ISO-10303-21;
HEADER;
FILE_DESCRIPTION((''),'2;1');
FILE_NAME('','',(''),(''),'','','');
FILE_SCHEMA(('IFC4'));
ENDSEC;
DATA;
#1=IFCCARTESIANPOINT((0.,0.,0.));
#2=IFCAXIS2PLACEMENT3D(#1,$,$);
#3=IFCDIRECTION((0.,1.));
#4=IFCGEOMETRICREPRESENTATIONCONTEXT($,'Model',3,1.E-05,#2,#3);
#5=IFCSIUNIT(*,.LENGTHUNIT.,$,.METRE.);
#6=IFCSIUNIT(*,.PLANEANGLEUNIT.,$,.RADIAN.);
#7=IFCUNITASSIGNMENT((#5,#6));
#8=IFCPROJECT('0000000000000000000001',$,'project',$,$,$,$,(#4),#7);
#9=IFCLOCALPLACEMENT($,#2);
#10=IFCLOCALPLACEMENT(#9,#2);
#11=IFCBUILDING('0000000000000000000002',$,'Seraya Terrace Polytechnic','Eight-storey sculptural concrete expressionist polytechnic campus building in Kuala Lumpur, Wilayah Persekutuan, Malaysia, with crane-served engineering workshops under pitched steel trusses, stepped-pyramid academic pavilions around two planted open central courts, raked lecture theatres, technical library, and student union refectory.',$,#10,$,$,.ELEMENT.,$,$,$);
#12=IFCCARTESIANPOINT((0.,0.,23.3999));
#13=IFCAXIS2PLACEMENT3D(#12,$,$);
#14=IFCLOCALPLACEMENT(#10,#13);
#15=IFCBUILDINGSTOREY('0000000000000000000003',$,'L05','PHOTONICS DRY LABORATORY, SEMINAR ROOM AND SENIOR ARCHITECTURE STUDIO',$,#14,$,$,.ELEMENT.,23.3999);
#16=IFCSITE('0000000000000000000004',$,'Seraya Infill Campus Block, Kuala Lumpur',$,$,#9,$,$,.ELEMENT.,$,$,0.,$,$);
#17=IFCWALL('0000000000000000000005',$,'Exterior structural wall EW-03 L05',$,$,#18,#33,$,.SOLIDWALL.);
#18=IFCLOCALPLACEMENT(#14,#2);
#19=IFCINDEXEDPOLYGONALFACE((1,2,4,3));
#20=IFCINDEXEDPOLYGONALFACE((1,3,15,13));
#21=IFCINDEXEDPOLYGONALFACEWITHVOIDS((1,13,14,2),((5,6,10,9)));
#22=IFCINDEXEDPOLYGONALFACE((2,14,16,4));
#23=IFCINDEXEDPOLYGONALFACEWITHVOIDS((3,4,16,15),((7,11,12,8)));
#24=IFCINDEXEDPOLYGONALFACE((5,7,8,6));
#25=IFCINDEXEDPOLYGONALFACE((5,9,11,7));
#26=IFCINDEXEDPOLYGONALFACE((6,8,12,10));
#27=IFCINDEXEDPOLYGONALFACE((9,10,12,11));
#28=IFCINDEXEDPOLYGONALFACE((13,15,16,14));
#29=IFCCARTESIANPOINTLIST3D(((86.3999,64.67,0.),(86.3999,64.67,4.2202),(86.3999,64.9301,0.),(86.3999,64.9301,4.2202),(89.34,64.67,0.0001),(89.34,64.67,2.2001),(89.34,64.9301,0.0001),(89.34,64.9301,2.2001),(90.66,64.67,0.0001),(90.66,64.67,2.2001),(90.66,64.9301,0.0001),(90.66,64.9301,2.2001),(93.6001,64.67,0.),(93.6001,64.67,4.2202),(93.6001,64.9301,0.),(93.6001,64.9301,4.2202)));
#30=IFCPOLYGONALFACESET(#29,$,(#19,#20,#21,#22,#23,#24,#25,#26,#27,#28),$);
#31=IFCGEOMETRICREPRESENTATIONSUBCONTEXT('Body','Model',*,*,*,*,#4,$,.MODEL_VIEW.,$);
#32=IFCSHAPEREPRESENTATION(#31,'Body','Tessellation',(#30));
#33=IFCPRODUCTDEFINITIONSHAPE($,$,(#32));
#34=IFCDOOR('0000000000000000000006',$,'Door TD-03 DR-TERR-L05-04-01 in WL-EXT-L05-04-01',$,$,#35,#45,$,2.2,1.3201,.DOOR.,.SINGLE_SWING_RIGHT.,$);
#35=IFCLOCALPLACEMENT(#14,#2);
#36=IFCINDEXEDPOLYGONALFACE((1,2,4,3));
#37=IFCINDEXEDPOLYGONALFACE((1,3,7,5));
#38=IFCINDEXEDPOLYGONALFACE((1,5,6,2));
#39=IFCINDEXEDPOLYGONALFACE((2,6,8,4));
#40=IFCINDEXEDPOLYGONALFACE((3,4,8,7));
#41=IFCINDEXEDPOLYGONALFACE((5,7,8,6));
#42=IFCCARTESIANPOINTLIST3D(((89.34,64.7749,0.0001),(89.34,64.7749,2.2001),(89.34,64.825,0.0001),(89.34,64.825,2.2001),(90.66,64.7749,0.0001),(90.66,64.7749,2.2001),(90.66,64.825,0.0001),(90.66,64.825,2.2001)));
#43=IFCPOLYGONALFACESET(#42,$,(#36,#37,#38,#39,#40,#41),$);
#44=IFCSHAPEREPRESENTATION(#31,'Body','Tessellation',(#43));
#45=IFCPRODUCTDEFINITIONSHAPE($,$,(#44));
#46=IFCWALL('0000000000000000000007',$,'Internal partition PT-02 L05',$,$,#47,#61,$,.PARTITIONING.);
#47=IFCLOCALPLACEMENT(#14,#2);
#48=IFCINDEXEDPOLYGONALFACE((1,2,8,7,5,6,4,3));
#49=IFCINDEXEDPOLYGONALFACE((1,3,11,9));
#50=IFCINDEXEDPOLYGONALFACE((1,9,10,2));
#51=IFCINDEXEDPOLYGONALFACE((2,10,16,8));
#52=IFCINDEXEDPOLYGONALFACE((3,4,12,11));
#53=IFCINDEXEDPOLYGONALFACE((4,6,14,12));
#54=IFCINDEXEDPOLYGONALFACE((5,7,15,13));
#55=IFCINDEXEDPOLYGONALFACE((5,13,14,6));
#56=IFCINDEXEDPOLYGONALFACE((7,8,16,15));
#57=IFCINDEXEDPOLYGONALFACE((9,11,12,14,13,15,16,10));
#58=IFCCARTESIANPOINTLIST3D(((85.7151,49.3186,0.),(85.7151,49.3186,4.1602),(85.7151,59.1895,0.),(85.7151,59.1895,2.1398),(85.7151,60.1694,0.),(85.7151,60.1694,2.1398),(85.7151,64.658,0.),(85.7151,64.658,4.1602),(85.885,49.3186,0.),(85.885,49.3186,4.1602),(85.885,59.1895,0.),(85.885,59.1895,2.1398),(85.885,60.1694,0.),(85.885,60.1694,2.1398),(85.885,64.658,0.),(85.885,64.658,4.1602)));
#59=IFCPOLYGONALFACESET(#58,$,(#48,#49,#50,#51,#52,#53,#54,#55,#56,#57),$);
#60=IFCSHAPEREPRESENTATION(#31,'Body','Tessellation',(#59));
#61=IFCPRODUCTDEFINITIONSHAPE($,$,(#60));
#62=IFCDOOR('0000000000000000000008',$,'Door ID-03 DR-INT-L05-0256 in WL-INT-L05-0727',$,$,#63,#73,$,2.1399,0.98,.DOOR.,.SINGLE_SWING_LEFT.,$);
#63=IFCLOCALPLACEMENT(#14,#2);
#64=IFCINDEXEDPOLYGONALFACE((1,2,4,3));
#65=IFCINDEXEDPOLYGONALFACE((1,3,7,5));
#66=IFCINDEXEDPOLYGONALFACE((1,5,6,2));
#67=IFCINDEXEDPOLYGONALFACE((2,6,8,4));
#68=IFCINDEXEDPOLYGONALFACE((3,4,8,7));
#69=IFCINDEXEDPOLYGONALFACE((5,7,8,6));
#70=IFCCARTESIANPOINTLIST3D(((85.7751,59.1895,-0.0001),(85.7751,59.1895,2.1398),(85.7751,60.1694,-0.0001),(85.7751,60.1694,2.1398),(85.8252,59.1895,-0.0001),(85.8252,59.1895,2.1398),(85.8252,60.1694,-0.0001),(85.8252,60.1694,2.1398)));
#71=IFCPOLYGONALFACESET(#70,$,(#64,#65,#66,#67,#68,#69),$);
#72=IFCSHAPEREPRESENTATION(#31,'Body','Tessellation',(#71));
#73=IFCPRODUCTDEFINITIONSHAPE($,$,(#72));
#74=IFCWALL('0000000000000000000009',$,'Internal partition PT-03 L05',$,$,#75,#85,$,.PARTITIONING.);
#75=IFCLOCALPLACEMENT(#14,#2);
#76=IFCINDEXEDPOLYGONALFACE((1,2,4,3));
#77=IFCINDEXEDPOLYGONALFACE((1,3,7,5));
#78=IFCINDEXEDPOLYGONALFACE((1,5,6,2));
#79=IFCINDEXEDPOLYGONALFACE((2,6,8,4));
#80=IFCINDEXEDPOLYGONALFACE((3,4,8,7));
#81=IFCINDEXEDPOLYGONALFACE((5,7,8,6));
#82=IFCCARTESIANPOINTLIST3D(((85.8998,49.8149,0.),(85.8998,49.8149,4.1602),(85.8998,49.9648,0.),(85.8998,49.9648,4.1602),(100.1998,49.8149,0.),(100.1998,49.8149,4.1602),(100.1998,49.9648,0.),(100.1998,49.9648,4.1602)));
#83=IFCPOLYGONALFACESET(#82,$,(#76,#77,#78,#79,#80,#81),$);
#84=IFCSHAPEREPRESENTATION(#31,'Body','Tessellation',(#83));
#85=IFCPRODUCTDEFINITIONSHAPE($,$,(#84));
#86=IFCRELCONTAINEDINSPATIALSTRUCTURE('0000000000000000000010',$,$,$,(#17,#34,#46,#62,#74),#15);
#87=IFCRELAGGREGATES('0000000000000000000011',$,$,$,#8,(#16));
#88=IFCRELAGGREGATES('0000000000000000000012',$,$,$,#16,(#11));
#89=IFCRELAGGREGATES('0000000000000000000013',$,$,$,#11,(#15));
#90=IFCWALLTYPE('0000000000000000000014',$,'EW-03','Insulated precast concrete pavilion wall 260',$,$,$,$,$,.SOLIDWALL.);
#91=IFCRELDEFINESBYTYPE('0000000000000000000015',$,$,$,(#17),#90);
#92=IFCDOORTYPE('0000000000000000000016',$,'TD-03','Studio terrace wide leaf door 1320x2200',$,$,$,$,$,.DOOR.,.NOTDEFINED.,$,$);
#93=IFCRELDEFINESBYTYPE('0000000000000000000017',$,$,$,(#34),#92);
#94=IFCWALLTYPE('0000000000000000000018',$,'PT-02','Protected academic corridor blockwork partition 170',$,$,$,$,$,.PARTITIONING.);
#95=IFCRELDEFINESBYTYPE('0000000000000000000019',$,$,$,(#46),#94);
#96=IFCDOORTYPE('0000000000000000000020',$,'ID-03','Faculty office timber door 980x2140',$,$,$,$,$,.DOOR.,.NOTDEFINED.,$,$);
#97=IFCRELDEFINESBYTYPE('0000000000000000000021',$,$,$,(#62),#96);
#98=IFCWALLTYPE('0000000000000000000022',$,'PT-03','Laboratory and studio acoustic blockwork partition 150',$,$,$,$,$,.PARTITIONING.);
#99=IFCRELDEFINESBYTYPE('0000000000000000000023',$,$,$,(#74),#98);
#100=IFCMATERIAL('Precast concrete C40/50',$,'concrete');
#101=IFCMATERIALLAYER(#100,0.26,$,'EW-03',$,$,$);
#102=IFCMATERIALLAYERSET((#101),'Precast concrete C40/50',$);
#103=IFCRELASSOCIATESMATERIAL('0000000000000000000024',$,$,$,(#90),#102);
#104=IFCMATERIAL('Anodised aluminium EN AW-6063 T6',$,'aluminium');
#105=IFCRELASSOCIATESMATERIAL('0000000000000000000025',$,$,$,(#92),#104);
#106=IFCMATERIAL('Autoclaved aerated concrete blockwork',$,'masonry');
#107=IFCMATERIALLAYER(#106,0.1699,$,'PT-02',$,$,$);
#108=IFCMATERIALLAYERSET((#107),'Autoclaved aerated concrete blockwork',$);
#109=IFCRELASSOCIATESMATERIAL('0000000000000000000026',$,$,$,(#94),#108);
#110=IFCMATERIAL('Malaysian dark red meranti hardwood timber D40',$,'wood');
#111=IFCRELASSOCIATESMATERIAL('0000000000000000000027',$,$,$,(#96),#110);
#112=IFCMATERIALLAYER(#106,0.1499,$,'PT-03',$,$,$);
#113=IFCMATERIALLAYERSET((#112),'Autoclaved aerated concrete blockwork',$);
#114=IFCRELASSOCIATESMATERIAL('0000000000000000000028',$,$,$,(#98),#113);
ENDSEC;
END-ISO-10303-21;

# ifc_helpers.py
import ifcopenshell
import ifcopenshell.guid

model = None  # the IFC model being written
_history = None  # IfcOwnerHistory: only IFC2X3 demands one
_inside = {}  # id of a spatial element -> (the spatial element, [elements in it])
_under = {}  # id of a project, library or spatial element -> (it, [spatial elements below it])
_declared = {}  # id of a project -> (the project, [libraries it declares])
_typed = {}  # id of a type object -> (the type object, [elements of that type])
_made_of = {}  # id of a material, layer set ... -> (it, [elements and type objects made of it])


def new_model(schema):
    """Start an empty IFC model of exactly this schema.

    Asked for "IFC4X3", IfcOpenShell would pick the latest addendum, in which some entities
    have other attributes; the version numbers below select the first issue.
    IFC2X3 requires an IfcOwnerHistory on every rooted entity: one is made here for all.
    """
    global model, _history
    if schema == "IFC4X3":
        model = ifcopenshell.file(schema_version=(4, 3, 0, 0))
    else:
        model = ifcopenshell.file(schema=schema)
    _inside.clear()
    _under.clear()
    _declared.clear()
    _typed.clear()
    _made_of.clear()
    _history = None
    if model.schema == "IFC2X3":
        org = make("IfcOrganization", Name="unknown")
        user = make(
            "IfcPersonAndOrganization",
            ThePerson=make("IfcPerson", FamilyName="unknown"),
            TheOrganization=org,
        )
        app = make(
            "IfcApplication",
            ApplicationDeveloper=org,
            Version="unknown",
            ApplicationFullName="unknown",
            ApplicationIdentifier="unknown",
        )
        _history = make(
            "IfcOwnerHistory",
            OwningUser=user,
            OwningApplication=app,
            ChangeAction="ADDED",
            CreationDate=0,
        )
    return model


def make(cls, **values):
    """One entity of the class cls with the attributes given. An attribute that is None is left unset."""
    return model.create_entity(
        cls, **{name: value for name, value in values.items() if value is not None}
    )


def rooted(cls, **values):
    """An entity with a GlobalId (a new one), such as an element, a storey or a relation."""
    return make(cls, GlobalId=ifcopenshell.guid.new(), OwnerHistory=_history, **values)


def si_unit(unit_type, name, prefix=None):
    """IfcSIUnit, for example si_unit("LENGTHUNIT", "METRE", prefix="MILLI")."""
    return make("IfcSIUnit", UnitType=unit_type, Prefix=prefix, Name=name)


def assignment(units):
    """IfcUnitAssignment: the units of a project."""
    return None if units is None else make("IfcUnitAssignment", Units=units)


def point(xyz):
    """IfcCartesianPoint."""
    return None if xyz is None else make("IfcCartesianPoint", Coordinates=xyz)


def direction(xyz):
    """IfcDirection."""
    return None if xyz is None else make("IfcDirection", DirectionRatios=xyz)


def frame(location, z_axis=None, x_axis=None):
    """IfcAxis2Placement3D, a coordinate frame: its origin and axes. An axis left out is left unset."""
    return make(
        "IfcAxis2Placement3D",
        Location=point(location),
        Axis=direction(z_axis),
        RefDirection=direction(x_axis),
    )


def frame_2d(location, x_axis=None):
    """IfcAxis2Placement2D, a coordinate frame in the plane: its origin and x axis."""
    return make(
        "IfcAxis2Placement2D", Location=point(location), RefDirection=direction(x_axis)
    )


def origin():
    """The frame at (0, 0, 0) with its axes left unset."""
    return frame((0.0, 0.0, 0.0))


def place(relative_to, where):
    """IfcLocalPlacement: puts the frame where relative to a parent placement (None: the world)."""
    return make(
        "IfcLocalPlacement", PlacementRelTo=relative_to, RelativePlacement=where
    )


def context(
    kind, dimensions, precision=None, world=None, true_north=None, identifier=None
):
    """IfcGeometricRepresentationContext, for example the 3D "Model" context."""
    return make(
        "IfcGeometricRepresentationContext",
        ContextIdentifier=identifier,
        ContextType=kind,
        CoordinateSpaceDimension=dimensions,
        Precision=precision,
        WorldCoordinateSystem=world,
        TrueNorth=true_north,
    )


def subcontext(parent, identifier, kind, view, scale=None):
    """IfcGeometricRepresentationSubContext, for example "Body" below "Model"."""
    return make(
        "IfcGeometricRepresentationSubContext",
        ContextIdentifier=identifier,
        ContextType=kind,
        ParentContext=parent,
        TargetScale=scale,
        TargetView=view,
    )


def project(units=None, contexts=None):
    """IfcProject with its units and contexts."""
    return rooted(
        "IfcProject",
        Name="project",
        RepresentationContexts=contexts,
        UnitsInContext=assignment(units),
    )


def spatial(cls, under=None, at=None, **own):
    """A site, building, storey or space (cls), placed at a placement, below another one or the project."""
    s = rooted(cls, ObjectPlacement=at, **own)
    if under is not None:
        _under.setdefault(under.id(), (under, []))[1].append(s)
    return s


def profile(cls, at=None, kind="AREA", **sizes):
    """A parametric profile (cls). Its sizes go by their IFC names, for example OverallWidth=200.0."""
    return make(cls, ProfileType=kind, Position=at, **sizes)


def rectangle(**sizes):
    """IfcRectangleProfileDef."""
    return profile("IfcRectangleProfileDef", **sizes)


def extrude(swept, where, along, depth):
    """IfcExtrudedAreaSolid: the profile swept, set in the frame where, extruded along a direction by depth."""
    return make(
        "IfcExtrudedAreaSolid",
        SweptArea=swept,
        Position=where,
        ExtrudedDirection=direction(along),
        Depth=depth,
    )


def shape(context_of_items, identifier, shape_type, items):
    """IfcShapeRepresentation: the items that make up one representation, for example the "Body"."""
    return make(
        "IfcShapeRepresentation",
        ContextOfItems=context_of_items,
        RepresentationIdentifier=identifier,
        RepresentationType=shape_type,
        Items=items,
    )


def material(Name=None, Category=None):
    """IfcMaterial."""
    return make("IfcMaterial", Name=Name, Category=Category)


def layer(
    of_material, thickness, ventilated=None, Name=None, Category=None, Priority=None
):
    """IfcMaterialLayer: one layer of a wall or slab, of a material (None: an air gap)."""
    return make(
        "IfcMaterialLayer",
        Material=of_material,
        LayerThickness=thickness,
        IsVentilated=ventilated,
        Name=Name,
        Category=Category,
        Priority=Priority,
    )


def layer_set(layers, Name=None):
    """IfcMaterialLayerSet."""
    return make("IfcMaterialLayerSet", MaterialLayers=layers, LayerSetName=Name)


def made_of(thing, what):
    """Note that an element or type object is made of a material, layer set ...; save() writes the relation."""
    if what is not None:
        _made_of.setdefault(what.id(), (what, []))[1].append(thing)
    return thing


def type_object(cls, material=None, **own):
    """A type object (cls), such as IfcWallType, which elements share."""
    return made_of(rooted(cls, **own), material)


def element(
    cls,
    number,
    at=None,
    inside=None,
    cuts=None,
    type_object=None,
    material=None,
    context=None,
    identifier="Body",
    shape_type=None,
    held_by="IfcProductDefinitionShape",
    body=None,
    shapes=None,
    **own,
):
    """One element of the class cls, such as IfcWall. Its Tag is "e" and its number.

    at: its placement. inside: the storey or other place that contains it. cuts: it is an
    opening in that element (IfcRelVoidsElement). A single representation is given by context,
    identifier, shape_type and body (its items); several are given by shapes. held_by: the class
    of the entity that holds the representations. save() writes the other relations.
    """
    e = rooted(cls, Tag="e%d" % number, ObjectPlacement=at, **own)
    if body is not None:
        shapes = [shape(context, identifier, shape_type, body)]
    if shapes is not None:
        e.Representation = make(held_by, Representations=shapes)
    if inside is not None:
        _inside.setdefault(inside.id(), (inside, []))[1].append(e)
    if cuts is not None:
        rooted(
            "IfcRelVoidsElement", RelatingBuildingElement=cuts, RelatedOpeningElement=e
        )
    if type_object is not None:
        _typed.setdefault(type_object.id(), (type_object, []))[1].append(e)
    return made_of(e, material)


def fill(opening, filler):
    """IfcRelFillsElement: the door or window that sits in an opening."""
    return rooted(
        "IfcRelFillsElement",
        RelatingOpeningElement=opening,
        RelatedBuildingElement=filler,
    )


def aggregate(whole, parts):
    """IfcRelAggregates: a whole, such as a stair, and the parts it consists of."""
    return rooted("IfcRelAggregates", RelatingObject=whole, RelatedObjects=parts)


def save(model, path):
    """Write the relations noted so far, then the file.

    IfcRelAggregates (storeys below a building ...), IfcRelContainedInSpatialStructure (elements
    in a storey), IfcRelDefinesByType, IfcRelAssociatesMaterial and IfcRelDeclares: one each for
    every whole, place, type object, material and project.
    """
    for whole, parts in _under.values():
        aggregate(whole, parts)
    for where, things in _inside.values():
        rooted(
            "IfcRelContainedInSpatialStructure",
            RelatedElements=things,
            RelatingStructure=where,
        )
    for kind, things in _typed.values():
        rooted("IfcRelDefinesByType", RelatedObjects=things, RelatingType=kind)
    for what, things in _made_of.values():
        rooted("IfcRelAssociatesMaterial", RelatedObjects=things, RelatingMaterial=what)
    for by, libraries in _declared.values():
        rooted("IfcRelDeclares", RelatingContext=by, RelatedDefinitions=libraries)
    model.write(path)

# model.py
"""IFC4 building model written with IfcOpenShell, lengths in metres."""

from ifc_helpers import new_model, si_unit, direction, frame, frame_2d, origin, place, context, subcontext, project, spatial, rectangle, extrude, material, layer, layer_set, type_object, element, fill, save


model = new_model("IFC4")

# Units and contexts
model_context = context("Model", 3, precision=1e-05, world=origin(), true_north=direction((0.0, 1.0)))
body_context = subcontext(model_context, "Body", "Model", "MODEL_VIEW")
ifc_project = project(units=[si_unit("LENGTHUNIT", "METRE"), si_unit("PLANEANGLEUNIT", "RADIAN")], contexts=[model_context])

# Site, building, storey
site_placement = place(None, origin())
site = spatial("IfcSite", under=ifc_project, at=site_placement, Name="Seraya Infill Campus Block, Kuala Lumpur", CompositionType="ELEMENT", RefElevation=0.0)
building_placement = place(site_placement, origin())
building = spatial("IfcBuilding", under=site, at=building_placement, Name="Seraya Terrace Polytechnic", Description="Eight-storey sculptural concrete expressionist polytechnic campus building in Kuala Lumpur, Wilayah Persekutuan, Malaysia, with crane-served engineering workshops under pitched steel trusses, stepped-pyramid academic pavilions around two planted open central courts, raked lecture theatres, technical library, and student union refectory.", CompositionType="ELEMENT")
storey_placement = place(building_placement, frame((0.0, 0.0, 23.3999)))
storey = spatial("IfcBuildingStorey", under=building, at=storey_placement, Name="L05", Description="PHOTONICS DRY LABORATORY, SEMINAR ROOM AND SENIOR ARCHITECTURE STUDIO", CompositionType="ELEMENT", Elevation=23.3999)

# Shared definitions
ifc_material_1 = material(Name="Precast concrete C40/50", Category="concrete")
ifc_layer_1 = layer(ifc_material_1, 0.26, Name="EW-03")
ifc_layer_set_1 = layer_set([ifc_layer_1], Name="Precast concrete C40/50")
wall_type_1 = type_object("IfcWallType", Name="EW-03", Description="Insulated precast concrete pavilion wall 260", PredefinedType="SOLIDWALL", material=ifc_layer_set_1)

# Walls, openings, doors
wall_1_placement = place(storey_placement, frame((86.3999, 64.8, 0.0), z_axis=(0.0, 0.0, 1.0), x_axis=(1.0, 0.0, 0.0)))
wall_1 = element("IfcWall", 1, at=wall_1_placement, inside=storey, type_object=wall_type_1, Name="Exterior structural wall EW-03 L05", PredefinedType="SOLIDWALL", context=body_context, shape_type="SweptSolid", body=[
    extrude(rectangle(XDim=7.2002, YDim=0.26, at=frame_2d((3.6001, 0.0))), origin(), (0.0, 0.0, 1.0), 4.2202),
])
opening_1_placement = place(wall_1_placement, frame((2.9399, 0.0, 0.0)))
opening_1 = element("IfcOpeningElement", 2, at=opening_1_placement, cuts=wall_1, PredefinedType="OPENING", context=body_context, shape_type="SweptSolid", body=[
    extrude(rectangle(XDim=1.3201, YDim=2.2, at=frame_2d((0.6602, 1.1001))), frame((0.0, 0.1421, 0.0), z_axis=(0.0, -1.0, 0.0), x_axis=(1.0, 0.0, 0.0)), (0.0, 0.0, 1.0), 0.2839),
])
ifc_material_2 = material(Name="Anodised aluminium EN AW-6063 T6", Category="aluminium")
door_type_1 = type_object("IfcDoorType", Name="TD-03", Description="Studio terrace wide leaf door 1320x2200", OperationType="NOTDEFINED", PredefinedType="DOOR", material=ifc_material_2)
door_1_placement = place(opening_1_placement, origin())
door_1 = element("IfcDoor", 3, at=door_1_placement, inside=storey, type_object=door_type_1, Name="Door TD-03 DR-TERR-L05-04-01 in WL-EXT-L05-04-01", OperationType="SINGLE_SWING_RIGHT", OverallHeight=2.2, OverallWidth=1.3201, PredefinedType="DOOR", context=body_context, shape_type="SweptSolid", body=[
    extrude(rectangle(XDim=1.3201, YDim=2.2, at=frame_2d((0.6602, 1.1001))), frame((0.0, 0.0249, 0.0), z_axis=(0.0, -1.0, 0.0), x_axis=(1.0, 0.0, 0.0)), (0.0, 0.0, 1.0), 0.05),
])
fill(opening_1, door_1)
ifc_material_3 = material(Name="Autoclaved aerated concrete blockwork", Category="masonry")
ifc_layer_2 = layer(ifc_material_3, 0.1699, Name="PT-02")
ifc_layer_set_2 = layer_set([ifc_layer_2], Name="Autoclaved aerated concrete blockwork")
wall_type_2 = type_object("IfcWallType", Name="PT-02", Description="Protected academic corridor blockwork partition 170", PredefinedType="PARTITIONING", material=ifc_layer_set_2)
wall_2_placement = place(storey_placement, frame((85.8, 49.3186, 0.0), z_axis=(0.0, 0.0, 1.0), x_axis=(0.0, 1.0, 0.0)))
wall_2 = element("IfcWall", 4, at=wall_2_placement, inside=storey, type_object=wall_type_2, Name="Internal partition PT-02 L05", PredefinedType="PARTITIONING", context=body_context, shape_type="SweptSolid", body=[
    extrude(rectangle(XDim=15.3394, YDim=0.1699, at=frame_2d((7.6697, 0.0))), origin(), (0.0, 0.0, 1.0), 4.1602),
])
opening_2_placement = place(wall_2_placement, frame((9.8708, 0.0, 0.0)))
opening_2 = element("IfcOpeningElement", 5, at=opening_2_placement, cuts=wall_2, PredefinedType="OPENING", context=body_context, shape_type="SweptSolid", body=[
    extrude(rectangle(XDim=0.98, YDim=2.1399, at=frame_2d((0.49, 1.0698))), frame((0.0, 0.0969, 0.0), z_axis=(0.0, -1.0, 0.0), x_axis=(1.0, 0.0, 0.0)), (0.0, 0.0, 1.0), 0.1938),
])
ifc_material_4 = material(Name="Malaysian dark red meranti hardwood timber D40", Category="wood")
door_type_2 = type_object("IfcDoorType", Name="ID-03", Description="Faculty office timber door 980x2140", OperationType="NOTDEFINED", PredefinedType="DOOR", material=ifc_material_4)
door_2_placement = place(opening_2_placement, origin())
door_2 = element("IfcDoor", 6, at=door_2_placement, inside=storey, type_object=door_type_2, Name="Door ID-03 DR-INT-L05-0256 in WL-INT-L05-0727", OperationType="SINGLE_SWING_LEFT", OverallHeight=2.1399, OverallWidth=0.98, PredefinedType="DOOR", context=body_context, shape_type="SweptSolid", body=[
    extrude(rectangle(XDim=0.98, YDim=2.1399, at=frame_2d((0.49, 1.0698))), frame((0.0, 0.0249, 0.0), z_axis=(0.0, -1.0, 0.0), x_axis=(1.0, 0.0, 0.0)), (0.0, 0.0, 1.0), 0.05),
])
fill(opening_2, door_2)

# Wall
ifc_layer_3 = layer(ifc_material_3, 0.1499, Name="PT-03")
ifc_layer_set_3 = layer_set([ifc_layer_3], Name="Autoclaved aerated concrete blockwork")
wall_type_3 = type_object("IfcWallType", Name="PT-03", Description="Laboratory and studio acoustic blockwork partition 150", PredefinedType="PARTITIONING", material=ifc_layer_set_3)
wall_3_placement = place(storey_placement, frame((85.8999, 49.8899, 0.0), z_axis=(0.0, 0.0, 1.0), x_axis=(1.0, 0.0, 0.0)))
element("IfcWall", 7, at=wall_3_placement, inside=storey, type_object=wall_type_3, Name="Internal partition PT-03 L05", PredefinedType="PARTITIONING", context=body_context, shape_type="SweptSolid", body=[
    extrude(rectangle(XDim=14.3, YDim=0.1499, at=frame_2d((7.1499, 0.0))), origin(), (0.0, 0.0, 1.0), 4.1602),
])

save(model, "model.ifc")
